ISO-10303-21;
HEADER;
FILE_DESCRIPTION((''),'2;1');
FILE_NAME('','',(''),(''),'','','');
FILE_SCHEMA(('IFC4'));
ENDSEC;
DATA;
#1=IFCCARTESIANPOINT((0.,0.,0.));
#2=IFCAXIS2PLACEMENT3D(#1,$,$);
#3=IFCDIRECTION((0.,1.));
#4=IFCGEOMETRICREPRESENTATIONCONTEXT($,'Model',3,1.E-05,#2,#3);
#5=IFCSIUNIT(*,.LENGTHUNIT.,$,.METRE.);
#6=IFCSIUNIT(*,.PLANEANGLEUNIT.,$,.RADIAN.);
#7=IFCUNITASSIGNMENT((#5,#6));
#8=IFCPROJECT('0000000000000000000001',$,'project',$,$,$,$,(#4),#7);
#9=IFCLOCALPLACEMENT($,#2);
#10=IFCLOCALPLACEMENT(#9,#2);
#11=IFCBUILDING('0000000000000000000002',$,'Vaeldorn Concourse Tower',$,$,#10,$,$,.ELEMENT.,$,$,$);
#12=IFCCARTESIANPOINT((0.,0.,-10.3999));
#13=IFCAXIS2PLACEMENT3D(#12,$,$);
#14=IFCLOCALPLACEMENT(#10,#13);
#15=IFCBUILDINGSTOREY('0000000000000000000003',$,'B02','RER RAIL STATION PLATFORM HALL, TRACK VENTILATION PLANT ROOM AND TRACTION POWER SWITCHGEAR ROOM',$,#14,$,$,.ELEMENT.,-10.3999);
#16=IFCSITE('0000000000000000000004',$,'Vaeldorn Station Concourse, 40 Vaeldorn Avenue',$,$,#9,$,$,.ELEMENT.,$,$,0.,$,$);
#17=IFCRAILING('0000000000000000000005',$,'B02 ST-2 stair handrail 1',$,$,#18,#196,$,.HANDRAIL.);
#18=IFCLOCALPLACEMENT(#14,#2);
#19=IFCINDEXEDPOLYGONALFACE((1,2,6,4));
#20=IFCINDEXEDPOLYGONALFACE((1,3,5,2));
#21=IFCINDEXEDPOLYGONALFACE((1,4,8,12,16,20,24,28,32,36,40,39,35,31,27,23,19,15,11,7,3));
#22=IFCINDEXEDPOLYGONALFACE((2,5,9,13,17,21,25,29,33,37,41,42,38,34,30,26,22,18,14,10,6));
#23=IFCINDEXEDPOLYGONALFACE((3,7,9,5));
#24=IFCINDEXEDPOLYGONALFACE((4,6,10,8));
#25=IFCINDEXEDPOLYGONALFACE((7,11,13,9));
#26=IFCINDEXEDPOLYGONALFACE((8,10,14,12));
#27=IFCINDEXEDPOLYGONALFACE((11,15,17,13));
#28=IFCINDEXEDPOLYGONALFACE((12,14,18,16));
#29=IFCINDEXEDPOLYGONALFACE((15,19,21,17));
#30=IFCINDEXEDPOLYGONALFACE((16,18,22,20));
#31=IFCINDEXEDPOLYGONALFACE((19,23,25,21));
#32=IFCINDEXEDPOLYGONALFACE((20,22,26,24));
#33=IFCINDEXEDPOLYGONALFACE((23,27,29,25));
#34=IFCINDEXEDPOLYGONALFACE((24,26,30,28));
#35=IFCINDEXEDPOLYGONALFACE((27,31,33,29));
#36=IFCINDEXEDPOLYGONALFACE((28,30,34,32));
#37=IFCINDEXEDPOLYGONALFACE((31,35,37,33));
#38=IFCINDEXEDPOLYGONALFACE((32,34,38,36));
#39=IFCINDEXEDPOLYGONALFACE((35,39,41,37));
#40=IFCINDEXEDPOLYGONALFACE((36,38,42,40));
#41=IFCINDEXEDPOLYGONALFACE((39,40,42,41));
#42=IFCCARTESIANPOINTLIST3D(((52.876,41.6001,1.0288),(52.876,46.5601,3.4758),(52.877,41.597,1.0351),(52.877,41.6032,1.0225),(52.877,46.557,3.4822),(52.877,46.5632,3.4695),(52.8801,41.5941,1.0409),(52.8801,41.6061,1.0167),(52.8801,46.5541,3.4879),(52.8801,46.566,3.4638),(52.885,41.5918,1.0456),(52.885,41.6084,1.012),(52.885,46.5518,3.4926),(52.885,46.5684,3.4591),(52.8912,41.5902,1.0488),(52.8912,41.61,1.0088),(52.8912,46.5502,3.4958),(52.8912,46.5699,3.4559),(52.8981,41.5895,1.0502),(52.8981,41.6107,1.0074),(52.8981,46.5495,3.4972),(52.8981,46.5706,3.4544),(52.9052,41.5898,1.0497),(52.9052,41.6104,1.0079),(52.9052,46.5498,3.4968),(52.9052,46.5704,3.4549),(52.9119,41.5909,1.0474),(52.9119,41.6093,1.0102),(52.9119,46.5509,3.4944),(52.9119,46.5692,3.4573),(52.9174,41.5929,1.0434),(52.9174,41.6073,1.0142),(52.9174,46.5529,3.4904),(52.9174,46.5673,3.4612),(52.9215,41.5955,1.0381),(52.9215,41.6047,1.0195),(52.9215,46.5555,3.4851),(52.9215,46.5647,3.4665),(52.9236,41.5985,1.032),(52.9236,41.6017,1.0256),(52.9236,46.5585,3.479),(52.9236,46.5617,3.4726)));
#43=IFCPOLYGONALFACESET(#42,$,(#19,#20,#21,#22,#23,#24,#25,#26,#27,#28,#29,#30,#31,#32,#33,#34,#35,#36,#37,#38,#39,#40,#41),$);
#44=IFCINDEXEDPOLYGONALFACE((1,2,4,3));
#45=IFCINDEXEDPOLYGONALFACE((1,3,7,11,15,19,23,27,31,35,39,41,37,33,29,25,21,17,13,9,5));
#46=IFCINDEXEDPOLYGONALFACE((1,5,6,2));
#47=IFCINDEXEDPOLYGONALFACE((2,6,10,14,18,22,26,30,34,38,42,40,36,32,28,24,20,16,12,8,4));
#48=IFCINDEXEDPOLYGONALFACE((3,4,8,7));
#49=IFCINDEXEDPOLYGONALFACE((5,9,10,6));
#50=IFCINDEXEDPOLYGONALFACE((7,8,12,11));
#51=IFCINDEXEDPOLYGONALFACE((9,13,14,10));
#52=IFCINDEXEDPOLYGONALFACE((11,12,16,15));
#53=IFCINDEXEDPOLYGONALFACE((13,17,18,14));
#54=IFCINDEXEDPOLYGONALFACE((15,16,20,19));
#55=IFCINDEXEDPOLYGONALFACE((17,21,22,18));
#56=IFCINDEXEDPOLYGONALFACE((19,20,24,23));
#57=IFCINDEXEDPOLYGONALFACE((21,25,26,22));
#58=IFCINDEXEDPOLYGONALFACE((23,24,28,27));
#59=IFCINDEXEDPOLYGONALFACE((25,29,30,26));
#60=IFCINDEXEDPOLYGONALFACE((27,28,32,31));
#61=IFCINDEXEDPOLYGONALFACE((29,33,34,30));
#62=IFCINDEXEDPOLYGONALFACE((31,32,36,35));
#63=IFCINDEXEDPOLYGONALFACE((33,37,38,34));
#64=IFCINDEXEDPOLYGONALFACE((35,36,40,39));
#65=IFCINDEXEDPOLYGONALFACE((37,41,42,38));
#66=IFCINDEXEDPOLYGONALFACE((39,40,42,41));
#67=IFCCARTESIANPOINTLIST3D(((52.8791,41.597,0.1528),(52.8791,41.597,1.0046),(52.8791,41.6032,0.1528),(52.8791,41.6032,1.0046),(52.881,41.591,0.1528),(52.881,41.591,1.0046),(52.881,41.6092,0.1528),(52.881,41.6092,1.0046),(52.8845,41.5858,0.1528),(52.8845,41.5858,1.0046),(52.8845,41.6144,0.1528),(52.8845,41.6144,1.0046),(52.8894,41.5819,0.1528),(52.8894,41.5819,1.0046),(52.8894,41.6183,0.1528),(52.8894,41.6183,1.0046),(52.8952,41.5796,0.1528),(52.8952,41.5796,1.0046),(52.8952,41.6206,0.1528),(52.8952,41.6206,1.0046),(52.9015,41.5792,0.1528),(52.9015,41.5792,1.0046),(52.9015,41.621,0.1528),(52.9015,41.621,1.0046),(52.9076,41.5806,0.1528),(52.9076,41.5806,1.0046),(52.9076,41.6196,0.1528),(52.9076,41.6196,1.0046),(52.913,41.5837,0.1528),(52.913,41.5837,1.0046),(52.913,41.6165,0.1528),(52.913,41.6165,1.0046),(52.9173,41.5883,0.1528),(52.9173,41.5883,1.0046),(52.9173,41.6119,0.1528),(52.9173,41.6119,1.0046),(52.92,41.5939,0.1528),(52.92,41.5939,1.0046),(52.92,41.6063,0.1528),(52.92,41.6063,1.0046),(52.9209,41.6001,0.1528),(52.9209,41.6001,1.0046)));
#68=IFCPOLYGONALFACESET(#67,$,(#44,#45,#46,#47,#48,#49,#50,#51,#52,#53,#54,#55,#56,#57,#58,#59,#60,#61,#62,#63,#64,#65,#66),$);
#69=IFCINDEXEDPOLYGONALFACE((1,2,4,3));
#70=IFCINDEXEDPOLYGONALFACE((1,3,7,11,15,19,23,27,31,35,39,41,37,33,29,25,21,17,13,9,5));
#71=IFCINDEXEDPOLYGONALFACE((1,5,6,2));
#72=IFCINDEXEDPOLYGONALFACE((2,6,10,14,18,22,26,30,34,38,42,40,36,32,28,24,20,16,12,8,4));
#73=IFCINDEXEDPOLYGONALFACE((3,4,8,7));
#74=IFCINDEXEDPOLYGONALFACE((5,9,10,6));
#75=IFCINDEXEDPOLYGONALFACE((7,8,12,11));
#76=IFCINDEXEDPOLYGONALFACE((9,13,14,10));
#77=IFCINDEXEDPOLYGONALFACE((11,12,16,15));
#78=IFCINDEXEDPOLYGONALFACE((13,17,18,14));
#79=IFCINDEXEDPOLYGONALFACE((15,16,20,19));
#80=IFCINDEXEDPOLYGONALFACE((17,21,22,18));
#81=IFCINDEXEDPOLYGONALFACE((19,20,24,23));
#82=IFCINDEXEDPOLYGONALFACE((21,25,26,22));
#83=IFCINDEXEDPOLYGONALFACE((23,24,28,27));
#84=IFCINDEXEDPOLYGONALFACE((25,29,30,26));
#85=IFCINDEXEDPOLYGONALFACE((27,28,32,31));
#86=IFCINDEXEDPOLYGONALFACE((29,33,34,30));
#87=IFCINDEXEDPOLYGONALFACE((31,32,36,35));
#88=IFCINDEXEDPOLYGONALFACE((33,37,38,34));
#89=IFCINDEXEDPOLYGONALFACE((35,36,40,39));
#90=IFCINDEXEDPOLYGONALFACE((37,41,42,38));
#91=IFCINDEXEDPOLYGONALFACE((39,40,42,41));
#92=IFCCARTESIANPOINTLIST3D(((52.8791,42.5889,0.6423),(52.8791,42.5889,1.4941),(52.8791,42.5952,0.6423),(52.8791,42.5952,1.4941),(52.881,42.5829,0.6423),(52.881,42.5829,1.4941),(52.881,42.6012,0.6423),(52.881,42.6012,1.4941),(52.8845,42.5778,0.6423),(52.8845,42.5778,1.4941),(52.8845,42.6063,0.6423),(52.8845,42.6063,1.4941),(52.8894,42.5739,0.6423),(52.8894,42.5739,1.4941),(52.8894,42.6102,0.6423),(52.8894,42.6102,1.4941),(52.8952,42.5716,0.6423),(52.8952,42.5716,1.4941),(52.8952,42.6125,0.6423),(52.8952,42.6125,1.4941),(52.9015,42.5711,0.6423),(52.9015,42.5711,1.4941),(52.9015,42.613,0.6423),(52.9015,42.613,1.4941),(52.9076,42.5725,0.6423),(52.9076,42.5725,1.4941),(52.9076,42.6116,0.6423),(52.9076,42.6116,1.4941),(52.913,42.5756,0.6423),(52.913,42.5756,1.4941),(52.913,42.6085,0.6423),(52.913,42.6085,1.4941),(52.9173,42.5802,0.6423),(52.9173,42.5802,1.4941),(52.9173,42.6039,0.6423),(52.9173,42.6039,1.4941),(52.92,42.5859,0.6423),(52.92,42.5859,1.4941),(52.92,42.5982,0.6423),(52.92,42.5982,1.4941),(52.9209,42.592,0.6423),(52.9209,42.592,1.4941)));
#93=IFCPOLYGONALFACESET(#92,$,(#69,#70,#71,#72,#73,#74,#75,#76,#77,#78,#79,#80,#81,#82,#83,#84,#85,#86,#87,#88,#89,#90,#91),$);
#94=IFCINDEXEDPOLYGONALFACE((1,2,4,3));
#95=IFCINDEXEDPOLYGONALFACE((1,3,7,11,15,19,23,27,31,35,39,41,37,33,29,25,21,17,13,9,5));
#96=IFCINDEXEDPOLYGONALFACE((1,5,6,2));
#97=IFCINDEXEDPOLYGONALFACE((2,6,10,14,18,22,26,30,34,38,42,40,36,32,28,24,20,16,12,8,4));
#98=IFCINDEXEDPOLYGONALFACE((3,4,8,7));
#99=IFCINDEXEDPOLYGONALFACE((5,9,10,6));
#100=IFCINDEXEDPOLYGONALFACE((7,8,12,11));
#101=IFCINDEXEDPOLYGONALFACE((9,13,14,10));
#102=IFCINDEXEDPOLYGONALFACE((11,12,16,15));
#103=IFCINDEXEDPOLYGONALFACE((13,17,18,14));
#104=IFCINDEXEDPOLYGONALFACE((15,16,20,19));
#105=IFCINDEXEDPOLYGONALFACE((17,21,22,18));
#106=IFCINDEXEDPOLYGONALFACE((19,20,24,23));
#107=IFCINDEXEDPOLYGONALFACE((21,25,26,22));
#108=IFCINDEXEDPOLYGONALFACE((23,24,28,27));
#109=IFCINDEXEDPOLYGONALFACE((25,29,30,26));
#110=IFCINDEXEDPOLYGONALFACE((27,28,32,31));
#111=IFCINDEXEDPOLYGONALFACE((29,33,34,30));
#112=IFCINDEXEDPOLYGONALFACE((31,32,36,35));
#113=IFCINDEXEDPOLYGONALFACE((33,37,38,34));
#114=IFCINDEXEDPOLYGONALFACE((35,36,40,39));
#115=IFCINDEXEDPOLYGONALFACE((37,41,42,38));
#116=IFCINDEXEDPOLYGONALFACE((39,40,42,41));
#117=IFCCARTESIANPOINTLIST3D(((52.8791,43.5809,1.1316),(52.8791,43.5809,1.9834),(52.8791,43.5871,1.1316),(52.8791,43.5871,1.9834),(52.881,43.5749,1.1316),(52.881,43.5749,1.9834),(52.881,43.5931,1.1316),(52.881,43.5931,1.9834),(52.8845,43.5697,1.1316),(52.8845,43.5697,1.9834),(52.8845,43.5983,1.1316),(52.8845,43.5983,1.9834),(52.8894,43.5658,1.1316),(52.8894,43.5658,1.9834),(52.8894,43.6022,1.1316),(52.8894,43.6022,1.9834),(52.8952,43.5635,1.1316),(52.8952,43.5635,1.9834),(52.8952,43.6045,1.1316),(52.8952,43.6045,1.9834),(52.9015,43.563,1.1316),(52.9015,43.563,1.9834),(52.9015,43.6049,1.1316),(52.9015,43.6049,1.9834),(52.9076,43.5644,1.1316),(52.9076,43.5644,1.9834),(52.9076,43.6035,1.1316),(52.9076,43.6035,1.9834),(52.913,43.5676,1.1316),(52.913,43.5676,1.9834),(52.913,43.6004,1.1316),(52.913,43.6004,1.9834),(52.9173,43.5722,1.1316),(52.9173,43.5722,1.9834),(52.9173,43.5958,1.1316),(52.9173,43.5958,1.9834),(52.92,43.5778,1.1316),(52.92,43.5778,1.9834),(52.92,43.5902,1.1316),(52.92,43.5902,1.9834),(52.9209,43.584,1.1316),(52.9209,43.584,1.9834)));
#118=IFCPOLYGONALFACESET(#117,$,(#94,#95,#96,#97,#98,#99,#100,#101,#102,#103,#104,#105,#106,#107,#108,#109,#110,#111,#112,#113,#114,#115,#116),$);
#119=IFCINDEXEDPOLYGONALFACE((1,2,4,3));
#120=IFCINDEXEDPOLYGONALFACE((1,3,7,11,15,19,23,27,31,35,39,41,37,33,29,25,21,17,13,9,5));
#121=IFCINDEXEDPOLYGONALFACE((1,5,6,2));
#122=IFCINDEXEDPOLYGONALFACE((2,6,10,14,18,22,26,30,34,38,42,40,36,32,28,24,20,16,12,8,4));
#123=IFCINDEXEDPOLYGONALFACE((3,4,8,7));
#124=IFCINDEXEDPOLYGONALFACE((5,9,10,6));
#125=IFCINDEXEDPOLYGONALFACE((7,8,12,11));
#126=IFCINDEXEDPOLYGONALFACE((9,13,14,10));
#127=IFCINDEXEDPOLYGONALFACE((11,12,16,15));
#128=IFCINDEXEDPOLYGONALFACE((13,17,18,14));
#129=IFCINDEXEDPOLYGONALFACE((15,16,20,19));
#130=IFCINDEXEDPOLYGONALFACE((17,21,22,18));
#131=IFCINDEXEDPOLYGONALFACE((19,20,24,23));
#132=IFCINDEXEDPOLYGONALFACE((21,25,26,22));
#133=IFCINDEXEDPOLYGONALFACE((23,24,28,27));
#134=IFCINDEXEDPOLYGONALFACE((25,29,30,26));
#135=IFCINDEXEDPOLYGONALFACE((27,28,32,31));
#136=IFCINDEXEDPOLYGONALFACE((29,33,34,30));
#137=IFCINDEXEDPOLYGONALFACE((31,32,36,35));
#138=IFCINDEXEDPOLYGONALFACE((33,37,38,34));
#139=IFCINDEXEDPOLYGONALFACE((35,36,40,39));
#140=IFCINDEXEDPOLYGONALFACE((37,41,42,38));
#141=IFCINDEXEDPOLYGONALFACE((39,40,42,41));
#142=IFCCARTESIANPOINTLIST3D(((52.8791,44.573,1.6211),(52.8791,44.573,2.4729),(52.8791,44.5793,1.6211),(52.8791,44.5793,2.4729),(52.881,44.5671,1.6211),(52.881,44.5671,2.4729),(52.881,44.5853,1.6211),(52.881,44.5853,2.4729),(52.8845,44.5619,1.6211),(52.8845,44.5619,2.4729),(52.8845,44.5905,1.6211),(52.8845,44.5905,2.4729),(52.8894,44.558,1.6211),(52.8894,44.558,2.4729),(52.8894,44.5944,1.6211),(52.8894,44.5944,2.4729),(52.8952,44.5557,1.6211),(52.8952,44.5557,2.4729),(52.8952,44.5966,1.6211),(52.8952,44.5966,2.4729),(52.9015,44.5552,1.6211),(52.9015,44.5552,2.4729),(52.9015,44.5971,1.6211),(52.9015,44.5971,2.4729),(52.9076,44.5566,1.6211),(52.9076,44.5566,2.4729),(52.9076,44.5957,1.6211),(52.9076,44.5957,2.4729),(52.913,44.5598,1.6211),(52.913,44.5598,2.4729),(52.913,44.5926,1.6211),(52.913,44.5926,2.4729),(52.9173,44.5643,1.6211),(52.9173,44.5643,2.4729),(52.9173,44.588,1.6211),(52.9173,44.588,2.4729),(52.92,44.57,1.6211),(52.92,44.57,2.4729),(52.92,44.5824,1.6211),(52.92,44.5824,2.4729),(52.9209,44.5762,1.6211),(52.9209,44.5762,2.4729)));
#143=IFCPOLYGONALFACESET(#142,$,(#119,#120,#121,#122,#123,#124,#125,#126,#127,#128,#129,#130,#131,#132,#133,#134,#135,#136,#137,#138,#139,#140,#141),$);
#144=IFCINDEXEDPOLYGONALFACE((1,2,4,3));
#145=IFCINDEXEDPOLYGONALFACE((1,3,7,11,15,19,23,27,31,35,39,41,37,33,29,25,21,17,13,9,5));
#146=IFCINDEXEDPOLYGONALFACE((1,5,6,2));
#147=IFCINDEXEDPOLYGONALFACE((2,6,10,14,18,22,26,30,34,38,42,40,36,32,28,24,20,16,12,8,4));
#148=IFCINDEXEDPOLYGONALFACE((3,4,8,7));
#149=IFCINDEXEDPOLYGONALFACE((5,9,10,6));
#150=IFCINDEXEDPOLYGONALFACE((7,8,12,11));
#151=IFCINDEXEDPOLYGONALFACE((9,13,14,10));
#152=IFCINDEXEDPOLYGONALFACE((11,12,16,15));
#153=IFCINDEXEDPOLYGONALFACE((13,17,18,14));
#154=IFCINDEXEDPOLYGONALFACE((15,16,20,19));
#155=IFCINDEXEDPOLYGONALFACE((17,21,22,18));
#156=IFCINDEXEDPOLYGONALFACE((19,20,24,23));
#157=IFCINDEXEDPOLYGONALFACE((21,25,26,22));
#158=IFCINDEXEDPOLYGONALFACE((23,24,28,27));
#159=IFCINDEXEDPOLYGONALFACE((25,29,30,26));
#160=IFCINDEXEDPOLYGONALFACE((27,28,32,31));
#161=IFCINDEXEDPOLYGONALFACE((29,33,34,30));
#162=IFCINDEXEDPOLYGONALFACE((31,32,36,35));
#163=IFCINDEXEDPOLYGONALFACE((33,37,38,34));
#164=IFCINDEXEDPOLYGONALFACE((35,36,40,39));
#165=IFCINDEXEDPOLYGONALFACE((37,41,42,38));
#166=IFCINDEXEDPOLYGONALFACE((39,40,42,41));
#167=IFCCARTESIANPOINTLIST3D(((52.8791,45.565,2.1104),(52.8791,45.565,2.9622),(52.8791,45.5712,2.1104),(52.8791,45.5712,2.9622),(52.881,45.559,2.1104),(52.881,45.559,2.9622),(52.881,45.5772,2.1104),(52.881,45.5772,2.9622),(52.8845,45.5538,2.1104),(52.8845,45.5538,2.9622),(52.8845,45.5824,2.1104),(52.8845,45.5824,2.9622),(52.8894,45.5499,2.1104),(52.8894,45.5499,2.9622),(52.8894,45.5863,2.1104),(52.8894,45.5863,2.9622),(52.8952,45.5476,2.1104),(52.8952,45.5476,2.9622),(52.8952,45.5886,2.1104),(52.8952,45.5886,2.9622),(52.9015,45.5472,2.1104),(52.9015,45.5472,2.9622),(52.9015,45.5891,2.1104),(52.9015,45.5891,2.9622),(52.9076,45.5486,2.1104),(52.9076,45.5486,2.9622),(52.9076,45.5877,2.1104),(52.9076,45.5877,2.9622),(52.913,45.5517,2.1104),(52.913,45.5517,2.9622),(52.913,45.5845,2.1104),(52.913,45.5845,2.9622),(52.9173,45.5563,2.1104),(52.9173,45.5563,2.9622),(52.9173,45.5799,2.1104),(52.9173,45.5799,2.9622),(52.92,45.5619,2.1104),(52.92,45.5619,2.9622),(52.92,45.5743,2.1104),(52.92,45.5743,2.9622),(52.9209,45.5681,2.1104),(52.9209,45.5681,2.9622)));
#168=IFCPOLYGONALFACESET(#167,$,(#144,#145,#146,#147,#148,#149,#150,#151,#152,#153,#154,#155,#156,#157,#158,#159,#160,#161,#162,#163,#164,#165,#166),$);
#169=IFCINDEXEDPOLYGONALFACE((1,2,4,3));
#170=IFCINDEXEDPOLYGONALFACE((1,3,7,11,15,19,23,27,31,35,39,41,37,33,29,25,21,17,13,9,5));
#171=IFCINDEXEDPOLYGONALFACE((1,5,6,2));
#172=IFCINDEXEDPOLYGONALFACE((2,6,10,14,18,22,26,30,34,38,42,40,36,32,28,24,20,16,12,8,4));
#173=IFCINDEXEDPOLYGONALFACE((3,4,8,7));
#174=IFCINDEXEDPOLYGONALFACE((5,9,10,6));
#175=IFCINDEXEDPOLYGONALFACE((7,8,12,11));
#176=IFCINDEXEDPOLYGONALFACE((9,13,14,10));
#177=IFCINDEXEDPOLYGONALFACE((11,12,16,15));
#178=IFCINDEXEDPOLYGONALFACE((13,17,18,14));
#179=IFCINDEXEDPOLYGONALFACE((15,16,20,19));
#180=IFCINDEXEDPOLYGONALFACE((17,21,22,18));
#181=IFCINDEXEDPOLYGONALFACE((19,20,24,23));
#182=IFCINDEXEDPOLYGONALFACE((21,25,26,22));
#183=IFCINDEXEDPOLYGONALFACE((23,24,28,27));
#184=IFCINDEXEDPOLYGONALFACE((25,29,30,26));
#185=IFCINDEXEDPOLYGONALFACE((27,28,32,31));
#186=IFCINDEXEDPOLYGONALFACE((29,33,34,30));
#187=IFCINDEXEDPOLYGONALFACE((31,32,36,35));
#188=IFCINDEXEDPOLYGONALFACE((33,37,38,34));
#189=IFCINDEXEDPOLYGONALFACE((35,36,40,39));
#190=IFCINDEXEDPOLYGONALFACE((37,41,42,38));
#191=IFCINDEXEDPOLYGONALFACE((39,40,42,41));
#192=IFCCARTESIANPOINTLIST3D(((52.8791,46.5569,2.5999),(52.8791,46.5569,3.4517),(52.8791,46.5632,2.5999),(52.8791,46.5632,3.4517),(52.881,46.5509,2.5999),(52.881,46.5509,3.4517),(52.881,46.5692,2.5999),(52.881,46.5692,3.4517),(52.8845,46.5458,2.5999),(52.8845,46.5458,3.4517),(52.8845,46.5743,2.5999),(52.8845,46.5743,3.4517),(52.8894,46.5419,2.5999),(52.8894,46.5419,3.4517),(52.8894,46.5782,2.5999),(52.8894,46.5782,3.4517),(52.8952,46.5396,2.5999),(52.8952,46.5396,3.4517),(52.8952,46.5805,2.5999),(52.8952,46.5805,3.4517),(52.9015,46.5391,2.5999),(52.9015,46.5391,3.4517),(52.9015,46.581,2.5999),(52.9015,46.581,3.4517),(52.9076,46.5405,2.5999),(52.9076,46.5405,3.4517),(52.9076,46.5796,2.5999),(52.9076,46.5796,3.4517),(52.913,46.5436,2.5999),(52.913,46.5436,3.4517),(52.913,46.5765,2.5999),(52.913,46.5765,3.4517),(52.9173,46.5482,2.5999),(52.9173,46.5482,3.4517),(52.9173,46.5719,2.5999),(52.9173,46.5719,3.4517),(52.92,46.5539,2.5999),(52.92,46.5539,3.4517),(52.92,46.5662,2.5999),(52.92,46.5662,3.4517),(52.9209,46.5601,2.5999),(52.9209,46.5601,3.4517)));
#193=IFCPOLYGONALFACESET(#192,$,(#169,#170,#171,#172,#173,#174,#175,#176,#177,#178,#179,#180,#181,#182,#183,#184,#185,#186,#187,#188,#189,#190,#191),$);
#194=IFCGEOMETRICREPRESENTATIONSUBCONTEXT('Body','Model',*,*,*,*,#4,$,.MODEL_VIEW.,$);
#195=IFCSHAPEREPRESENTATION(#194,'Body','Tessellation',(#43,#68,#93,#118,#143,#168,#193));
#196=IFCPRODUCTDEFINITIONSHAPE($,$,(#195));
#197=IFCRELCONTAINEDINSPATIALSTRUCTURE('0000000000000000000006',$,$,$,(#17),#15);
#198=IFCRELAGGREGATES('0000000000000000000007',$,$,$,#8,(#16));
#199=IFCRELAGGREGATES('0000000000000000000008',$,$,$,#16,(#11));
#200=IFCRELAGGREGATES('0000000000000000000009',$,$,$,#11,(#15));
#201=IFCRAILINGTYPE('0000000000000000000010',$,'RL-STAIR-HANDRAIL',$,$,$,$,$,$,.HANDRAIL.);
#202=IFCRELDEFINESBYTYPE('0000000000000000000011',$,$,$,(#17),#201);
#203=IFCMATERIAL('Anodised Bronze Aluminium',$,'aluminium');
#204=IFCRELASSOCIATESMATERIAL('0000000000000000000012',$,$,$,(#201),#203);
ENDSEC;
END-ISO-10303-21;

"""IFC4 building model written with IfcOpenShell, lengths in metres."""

from ifc_helpers import new_model, si_unit, direction, frame, origin, origin_2d, place, context, subcontext, project, spatial, circle, extrude, material, type_object, element, save


model = new_model("IFC4")

# Units and contexts
model_context = context("Model", 3, precision=1e-05, world=origin(), true_north=direction((0.0, 1.0)))
body_context = subcontext(model_context, "Body", "Model", "MODEL_VIEW")
ifc_project = project(units=[si_unit("LENGTHUNIT", "METRE"), si_unit("PLANEANGLEUNIT", "RADIAN")], contexts=[model_context])

# Site, building, storey
site_placement = place(None, origin())
site = spatial("IfcSite", under=ifc_project, at=site_placement, Name="Vaeldorn Station Concourse, 40 Vaeldorn Avenue", CompositionType="ELEMENT", RefElevation=0.0)
building_placement = place(site_placement, origin())
building = spatial("IfcBuilding", under=site, at=building_placement, Name="Vaeldorn Concourse Tower", CompositionType="ELEMENT")
storey_placement = place(building_placement, frame((0.0, 0.0, -10.3999)))
storey = spatial("IfcBuildingStorey", under=building, at=storey_placement, Name="B02", Description="RER RAIL STATION PLATFORM HALL, TRACK VENTILATION PLANT ROOM AND TRACTION POWER SWITCHGEAR ROOM", CompositionType="ELEMENT", Elevation=-10.3999)

# Shared definitions
ifc_material_1 = material(Name="Anodised Bronze Aluminium", Category="aluminium")

# Railing
railing_type_1 = type_object("IfcRailingType", Name="RL-STAIR-HANDRAIL", PredefinedType="HANDRAIL", material=ifc_material_1)
railing_1_placement = place(storey_placement, frame((52.8999, 41.6001, 0.1528)))
element("IfcRailing", 1, at=railing_1_placement, inside=storey, type_object=railing_type_1, Name="B02 ST-2 stair handrail 1", PredefinedType="HANDRAIL", context=body_context, shape_type="SweptSolid", body=[
    extrude(circle(Radius=0.0239, at=origin_2d()), frame((0.0, 0.0, 0.876), z_axis=(0.0, 0.896798, 0.44244), x_axis=(-1.0, 0.0, 0.0)), (0.0, 0.0, 1.0), 5.5308),
    extrude(circle(Radius=0.021, at=origin_2d()), origin(), (0.0, 0.0, 1.0), 0.8518),
    extrude(circle(Radius=0.021, at=origin_2d()), frame((0.0, 0.9919, 0.4895)), (0.0, 0.0, 1.0), 0.8518),
    extrude(circle(Radius=0.021, at=origin_2d()), frame((0.0, 1.9839, 0.9788)), (0.0, 0.0, 1.0), 0.8518),
    extrude(circle(Radius=0.021, at=origin_2d()), frame((0.0, 2.9761, 1.4683)), (0.0, 0.0, 1.0), 0.8518),
    extrude(circle(Radius=0.021, at=origin_2d()), frame((0.0, 3.968, 1.9575)), (0.0, 0.0, 1.0), 0.8518),
    extrude(circle(Radius=0.021, at=origin_2d()), frame((0.0, 4.96, 2.447)), (0.0, 0.0, 1.0), 0.8518),
])

save(model, "model.ifc")
